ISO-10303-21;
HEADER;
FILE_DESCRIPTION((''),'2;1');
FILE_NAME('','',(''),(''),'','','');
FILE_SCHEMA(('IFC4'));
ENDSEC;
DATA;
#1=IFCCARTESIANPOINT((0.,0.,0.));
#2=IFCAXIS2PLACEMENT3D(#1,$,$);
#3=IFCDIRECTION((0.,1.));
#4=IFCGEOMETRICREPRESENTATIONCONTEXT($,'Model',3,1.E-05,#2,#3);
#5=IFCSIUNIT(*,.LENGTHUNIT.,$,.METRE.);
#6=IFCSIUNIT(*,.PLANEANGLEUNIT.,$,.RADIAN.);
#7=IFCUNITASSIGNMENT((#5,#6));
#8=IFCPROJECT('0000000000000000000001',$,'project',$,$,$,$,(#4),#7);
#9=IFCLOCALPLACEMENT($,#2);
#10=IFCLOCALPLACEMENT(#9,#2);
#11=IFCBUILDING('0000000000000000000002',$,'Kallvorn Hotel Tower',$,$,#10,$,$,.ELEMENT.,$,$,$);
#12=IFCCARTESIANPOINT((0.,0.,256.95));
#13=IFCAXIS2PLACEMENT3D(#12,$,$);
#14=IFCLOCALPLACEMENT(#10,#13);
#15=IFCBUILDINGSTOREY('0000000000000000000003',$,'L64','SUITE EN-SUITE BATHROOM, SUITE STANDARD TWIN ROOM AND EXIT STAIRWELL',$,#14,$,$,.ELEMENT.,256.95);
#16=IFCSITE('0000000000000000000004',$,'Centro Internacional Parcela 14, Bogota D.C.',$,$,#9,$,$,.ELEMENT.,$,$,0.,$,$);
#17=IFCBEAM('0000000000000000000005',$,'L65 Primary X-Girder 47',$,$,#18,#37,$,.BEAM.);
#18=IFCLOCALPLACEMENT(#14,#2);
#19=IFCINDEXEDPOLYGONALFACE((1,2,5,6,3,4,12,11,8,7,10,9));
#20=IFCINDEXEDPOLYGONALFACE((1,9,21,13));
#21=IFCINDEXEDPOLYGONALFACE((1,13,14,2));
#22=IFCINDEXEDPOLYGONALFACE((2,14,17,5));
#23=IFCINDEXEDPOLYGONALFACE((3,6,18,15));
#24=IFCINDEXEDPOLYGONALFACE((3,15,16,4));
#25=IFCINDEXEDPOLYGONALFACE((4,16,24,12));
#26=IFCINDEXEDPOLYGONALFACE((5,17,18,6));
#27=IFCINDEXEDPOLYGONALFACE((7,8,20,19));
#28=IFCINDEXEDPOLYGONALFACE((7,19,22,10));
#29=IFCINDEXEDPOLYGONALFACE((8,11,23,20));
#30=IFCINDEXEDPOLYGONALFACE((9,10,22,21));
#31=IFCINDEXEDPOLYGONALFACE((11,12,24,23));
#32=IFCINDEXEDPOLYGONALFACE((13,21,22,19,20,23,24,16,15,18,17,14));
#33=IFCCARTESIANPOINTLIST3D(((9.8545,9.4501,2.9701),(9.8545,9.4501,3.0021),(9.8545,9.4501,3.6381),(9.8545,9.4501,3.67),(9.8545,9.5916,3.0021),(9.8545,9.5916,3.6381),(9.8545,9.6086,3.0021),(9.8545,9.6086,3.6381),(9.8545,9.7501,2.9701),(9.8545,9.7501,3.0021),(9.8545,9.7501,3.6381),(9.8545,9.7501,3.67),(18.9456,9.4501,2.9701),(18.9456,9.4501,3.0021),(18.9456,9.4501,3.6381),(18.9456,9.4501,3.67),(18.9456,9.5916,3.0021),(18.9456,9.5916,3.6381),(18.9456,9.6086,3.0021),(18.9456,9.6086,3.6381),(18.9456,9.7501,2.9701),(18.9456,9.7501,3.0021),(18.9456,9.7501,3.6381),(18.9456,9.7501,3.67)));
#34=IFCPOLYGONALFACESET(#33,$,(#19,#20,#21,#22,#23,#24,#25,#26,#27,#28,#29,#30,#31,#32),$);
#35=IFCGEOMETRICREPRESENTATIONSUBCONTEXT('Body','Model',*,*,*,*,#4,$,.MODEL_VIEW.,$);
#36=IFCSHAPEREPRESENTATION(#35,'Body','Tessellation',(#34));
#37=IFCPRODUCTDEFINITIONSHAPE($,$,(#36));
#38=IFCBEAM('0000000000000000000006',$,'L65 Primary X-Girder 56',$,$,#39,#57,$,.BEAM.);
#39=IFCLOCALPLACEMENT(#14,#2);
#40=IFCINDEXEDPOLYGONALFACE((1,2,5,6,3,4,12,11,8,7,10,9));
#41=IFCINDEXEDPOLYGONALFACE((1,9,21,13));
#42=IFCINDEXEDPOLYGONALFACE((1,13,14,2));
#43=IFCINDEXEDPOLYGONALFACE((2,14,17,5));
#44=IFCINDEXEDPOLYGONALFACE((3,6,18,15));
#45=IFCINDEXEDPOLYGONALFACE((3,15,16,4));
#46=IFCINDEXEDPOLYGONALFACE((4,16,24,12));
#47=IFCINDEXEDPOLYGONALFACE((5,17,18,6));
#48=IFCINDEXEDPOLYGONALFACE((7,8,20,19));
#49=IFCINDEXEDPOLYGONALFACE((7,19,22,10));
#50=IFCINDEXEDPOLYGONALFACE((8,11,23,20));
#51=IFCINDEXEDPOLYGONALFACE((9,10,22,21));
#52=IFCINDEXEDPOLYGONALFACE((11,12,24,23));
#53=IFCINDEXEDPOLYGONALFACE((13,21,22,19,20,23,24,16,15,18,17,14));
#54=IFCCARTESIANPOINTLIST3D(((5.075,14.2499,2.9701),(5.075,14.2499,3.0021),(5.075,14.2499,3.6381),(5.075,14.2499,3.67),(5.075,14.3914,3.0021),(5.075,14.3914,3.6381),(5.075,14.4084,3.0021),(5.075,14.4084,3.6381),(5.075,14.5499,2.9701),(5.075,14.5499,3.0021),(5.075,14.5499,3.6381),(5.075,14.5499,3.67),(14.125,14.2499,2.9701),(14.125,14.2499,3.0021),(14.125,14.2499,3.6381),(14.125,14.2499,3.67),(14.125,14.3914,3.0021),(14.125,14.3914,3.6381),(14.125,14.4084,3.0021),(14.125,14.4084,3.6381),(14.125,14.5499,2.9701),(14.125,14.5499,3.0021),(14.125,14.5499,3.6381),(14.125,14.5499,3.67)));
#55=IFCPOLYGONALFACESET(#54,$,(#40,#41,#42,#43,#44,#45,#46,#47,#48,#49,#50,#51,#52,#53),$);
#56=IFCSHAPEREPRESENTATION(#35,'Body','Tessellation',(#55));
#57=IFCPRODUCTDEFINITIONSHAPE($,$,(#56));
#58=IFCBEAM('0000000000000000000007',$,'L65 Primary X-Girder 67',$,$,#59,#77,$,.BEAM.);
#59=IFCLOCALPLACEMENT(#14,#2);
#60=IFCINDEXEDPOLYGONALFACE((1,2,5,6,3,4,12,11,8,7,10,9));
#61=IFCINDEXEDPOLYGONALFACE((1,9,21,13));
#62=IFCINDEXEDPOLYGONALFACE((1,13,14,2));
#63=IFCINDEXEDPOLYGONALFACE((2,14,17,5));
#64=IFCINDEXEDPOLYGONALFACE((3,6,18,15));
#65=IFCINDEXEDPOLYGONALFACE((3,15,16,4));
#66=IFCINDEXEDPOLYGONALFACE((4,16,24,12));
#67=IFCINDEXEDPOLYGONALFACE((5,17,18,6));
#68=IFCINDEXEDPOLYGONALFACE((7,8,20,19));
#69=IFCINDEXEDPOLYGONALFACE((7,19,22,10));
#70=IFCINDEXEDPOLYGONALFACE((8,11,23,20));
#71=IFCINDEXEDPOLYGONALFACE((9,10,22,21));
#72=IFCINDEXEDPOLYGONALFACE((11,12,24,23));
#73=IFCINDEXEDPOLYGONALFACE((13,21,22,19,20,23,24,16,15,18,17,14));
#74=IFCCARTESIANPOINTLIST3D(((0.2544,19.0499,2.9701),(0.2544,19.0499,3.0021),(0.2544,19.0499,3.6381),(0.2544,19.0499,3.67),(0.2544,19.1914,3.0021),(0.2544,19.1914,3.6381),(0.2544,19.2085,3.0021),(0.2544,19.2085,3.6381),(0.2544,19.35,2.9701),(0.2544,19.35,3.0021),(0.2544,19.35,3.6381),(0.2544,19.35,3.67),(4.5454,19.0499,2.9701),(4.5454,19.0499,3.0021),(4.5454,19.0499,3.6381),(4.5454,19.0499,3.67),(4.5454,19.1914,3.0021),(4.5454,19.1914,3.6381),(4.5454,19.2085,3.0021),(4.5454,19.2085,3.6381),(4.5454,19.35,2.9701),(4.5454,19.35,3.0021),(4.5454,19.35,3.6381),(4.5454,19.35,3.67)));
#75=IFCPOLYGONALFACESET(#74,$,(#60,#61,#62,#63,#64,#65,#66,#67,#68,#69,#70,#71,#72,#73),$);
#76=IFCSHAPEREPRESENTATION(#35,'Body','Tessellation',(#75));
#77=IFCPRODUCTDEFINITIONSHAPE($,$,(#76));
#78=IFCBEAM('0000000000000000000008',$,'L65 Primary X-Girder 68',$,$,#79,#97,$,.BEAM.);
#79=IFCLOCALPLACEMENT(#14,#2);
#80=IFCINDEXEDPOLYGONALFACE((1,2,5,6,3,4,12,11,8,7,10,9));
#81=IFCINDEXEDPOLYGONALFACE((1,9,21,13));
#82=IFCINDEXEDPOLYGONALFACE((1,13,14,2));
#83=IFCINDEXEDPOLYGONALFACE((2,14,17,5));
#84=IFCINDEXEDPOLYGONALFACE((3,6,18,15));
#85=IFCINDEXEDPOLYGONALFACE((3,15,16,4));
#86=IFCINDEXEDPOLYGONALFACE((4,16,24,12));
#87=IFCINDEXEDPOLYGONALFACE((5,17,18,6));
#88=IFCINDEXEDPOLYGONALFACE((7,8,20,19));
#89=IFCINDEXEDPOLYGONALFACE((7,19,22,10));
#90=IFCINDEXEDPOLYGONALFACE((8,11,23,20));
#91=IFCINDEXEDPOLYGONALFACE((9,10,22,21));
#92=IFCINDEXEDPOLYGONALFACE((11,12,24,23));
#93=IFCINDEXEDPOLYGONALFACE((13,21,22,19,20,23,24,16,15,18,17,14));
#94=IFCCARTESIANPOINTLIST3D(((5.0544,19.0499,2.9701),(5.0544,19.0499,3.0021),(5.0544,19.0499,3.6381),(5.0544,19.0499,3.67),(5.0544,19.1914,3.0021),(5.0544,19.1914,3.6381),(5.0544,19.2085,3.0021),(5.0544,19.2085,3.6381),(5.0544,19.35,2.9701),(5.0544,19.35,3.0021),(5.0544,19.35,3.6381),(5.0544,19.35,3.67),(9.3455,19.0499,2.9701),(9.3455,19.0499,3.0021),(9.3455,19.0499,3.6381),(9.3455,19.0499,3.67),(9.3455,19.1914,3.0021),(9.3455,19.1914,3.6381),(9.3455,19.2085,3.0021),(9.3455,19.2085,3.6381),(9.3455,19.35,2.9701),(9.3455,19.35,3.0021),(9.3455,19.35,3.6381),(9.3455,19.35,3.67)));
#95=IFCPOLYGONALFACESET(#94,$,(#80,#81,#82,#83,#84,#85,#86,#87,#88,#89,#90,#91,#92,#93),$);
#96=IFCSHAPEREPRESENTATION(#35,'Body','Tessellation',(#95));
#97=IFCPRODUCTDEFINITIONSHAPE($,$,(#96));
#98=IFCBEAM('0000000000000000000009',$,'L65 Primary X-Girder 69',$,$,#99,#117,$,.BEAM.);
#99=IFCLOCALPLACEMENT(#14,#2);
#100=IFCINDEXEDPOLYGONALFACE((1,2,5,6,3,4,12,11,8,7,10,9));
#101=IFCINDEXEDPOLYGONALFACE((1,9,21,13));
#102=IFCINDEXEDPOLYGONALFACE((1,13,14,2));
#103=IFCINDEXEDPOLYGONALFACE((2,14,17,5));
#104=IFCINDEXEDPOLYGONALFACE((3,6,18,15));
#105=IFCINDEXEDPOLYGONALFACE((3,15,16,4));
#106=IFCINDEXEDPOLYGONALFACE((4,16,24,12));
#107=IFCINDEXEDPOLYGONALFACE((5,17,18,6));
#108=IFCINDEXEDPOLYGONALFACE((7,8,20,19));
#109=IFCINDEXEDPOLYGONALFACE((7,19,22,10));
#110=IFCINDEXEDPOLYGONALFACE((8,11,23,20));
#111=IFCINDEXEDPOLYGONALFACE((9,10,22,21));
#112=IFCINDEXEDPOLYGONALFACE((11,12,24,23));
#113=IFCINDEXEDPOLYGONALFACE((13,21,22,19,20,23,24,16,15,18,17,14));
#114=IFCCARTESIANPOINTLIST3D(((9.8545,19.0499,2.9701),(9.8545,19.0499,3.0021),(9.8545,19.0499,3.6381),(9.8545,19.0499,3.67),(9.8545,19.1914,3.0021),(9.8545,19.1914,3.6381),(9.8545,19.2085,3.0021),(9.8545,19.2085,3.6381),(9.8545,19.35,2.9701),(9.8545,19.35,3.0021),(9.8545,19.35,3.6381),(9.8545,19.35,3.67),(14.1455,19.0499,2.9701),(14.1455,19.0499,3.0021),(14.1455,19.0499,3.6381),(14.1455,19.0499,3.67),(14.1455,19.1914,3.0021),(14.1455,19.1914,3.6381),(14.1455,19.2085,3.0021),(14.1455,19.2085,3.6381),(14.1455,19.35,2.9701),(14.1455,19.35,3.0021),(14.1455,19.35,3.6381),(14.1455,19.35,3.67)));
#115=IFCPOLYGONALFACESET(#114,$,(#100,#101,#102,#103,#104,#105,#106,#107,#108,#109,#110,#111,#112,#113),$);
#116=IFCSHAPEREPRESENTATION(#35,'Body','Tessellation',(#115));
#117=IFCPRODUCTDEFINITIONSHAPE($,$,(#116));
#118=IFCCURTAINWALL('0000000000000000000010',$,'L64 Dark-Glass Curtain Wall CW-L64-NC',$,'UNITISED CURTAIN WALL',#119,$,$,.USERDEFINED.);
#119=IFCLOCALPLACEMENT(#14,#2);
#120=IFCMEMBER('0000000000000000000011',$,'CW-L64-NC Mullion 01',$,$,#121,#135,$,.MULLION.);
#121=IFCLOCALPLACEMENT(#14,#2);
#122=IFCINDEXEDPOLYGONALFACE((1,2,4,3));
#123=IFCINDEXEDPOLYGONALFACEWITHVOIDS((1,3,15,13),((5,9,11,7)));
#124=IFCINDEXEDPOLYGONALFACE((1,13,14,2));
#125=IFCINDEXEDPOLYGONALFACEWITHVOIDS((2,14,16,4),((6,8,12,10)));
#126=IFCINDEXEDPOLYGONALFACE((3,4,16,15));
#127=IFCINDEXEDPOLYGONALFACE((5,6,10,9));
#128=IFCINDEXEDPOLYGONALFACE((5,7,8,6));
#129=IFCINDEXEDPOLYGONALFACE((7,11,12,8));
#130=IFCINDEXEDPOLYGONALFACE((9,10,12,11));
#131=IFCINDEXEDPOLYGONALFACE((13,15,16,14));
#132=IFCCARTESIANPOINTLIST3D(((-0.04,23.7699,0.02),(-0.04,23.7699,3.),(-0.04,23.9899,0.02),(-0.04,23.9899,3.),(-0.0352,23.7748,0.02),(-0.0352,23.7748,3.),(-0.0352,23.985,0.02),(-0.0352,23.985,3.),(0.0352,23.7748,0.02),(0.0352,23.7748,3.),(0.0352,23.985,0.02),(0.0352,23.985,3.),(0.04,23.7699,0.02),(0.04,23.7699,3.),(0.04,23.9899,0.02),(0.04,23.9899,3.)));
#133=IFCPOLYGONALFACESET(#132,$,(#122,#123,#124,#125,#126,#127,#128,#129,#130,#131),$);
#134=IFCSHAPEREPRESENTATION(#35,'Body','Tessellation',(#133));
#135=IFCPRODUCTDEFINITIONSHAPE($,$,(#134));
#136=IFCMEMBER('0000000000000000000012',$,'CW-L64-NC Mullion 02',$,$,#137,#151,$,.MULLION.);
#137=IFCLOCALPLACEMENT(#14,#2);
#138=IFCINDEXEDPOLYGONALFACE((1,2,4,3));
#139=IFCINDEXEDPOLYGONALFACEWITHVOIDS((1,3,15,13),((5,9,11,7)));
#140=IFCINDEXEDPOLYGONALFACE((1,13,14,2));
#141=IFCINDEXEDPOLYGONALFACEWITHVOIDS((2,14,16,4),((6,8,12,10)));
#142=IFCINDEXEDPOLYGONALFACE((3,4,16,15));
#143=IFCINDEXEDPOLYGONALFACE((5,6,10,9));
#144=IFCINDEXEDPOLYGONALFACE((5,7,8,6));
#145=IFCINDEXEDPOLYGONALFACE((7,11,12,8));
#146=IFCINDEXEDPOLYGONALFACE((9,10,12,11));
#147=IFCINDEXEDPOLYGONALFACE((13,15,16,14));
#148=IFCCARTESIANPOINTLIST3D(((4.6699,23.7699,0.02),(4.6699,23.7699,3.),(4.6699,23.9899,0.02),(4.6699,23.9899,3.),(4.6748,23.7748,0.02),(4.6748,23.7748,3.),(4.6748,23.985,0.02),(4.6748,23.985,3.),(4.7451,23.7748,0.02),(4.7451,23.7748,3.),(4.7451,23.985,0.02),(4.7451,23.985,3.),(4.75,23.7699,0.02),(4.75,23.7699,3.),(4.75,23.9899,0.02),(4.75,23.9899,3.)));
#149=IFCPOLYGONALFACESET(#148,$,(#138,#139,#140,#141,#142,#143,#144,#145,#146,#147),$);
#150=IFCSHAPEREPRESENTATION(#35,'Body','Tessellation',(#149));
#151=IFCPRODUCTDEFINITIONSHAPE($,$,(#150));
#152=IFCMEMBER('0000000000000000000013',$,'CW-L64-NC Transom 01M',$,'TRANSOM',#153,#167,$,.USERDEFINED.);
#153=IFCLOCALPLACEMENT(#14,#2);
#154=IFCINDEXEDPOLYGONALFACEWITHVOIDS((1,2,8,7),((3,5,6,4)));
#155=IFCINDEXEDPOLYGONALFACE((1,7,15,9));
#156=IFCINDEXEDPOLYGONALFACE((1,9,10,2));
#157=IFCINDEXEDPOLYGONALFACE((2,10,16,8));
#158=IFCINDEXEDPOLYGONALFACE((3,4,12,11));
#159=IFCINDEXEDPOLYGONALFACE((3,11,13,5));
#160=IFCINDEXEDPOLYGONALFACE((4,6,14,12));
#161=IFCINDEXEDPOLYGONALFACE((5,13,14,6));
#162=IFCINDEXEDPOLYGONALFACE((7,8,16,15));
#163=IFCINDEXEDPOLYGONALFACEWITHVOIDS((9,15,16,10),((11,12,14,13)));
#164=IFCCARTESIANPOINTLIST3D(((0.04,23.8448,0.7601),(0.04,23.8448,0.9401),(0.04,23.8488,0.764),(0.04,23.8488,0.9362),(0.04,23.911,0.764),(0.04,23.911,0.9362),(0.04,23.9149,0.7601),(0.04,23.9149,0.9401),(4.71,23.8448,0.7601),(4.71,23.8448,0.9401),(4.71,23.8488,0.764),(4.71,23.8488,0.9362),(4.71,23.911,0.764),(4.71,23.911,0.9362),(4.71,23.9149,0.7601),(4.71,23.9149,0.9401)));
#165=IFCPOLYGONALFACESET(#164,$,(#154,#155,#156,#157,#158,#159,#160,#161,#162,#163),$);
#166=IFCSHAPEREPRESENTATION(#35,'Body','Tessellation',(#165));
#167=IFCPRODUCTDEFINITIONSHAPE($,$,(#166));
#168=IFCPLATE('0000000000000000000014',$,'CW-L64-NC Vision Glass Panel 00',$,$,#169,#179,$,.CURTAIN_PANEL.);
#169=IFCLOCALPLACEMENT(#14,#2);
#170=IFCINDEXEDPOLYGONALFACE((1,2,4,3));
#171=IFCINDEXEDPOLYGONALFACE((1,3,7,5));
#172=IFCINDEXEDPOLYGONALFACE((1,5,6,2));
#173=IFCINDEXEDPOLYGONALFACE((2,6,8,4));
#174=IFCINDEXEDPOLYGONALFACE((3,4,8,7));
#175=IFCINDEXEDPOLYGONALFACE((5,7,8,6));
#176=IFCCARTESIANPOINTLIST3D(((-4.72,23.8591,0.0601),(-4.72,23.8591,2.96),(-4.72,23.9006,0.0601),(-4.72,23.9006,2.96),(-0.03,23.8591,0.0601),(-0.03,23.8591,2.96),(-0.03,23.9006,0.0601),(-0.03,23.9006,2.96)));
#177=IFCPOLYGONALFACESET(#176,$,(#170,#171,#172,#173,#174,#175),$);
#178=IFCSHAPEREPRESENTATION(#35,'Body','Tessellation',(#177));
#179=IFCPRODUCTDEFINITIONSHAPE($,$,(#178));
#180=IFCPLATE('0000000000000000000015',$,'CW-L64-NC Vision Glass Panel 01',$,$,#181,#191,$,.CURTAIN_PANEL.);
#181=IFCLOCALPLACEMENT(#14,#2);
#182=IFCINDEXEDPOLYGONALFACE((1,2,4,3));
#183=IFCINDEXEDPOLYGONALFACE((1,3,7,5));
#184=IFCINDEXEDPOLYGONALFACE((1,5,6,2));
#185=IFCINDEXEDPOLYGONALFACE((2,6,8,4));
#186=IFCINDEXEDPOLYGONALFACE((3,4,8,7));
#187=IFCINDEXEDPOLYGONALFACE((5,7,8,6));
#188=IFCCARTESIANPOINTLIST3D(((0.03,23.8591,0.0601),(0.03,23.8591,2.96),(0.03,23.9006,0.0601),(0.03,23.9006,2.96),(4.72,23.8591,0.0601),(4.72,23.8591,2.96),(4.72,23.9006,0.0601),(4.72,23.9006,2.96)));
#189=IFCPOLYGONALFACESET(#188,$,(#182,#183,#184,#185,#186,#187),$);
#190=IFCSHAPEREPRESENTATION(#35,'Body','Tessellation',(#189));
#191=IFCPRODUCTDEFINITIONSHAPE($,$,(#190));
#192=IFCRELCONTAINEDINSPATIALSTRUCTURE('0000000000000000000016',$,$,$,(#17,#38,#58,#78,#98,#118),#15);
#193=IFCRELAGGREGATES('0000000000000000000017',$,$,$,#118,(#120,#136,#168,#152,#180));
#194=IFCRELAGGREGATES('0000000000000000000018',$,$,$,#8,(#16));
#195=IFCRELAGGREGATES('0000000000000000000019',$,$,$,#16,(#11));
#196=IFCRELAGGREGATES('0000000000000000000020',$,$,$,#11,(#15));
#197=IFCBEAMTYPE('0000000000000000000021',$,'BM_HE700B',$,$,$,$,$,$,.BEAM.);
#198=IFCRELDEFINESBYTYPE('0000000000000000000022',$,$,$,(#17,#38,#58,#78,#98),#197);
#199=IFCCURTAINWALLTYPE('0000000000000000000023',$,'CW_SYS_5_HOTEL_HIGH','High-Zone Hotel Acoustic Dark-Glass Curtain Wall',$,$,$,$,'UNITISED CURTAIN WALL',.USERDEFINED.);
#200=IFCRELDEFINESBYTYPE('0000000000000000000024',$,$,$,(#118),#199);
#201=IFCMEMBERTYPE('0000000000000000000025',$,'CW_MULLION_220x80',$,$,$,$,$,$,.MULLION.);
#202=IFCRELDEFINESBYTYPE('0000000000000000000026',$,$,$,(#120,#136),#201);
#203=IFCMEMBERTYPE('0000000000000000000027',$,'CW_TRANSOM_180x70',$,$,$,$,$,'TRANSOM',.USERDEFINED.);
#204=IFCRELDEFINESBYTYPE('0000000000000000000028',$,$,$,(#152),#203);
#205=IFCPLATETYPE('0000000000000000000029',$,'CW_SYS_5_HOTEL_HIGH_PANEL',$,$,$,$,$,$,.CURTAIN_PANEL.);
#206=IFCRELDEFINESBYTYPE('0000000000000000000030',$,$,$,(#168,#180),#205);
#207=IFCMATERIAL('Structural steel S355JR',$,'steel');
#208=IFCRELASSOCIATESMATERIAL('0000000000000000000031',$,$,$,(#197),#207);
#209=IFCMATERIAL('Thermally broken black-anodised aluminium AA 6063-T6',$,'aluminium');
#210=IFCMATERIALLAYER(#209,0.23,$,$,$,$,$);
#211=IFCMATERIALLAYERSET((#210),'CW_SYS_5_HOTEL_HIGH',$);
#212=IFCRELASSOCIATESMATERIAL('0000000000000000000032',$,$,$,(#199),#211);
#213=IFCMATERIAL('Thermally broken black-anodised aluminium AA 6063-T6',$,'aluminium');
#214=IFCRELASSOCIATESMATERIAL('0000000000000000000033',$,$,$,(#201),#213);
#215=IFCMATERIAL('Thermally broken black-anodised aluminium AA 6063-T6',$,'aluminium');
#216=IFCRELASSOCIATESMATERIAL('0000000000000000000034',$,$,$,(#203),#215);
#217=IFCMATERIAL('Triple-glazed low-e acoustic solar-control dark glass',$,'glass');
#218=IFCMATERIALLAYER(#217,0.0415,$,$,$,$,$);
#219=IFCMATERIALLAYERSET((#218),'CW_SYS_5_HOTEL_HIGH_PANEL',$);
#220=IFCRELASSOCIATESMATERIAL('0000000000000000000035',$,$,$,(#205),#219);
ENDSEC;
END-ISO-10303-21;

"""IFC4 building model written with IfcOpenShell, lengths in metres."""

from ifc_helpers import new_model, si_unit, direction, frame, origin, origin_2d, place, context, subcontext, project, spatial, rectangle, hollow_rectangle, i_section, extrude, material, layer, layer_set, material_profile, profile_set, type_object, element, aggregate, save


model = new_model("IFC4")

# Units and contexts
model_context = context("Model", 3, precision=1e-05, world=origin(), true_north=direction((0.0, 1.0)))
body_context = subcontext(model_context, "Body", "Model", "MODEL_VIEW")
ifc_project = project(units=[si_unit("LENGTHUNIT", "METRE"), si_unit("PLANEANGLEUNIT", "RADIAN")], contexts=[model_context])

# Site, building, storey
site_placement = place(None, origin())
site = spatial("IfcSite", under=ifc_project, at=site_placement, Name="Centro Internacional Parcela 14, Bogota D.C.", CompositionType="ELEMENT", RefElevation=0.0)
building_placement = place(site_placement, origin())
building = spatial("IfcBuilding", under=site, at=building_placement, Name="Kallvorn Hotel Tower", CompositionType="ELEMENT")
storey_placement = place(building_placement, frame((0.0, 0.0, 256.95)))
storey = spatial("IfcBuildingStorey", under=building, at=storey_placement, Name="L64", Description="SUITE EN-SUITE BATHROOM, SUITE STANDARD TWIN ROOM AND EXIT STAIRWELL", CompositionType="ELEMENT", Elevation=256.95)

# Beams
ifc_material_1 = material(Name="Structural steel S355JR", Category="steel")
ifc_material_profile_1 = material_profile(ifc_material_1, i_section(OverallWidth=0.3, OverallDepth=0.7, WebThickness=0.0171, FlangeThickness=0.032, at=origin_2d()), Name="HE 700 B")
ifc_profile_set_1 = profile_set([ifc_material_profile_1], Name="Structural steel S355JR")
beam_type_1 = type_object("IfcBeamType", Name="BM_HE700B", PredefinedType="BEAM", material=ifc_profile_set_1)
beam_1_placement = place(storey_placement, frame((9.8545, 9.6001, 3.3201), z_axis=(1.0, 0.0, 0.0), x_axis=(0.0, 1.0, 0.0)))
element("IfcBeam", 1, at=beam_1_placement, inside=storey, type_object=beam_type_1, Name="L65 Primary X-Girder 47", PredefinedType="BEAM", context=body_context, shape_type="SweptSolid", body=[
    extrude(i_section(OverallWidth=0.3, OverallDepth=0.7, WebThickness=0.0171, FlangeThickness=0.032, at=origin_2d()), origin(), (0.0, 0.0, 1.0), 9.0911),
])
beam_2_placement = place(storey_placement, frame((5.075, 14.3999, 3.3201), z_axis=(1.0, 0.0, 0.0), x_axis=(0.0, 1.0, 0.0)))
element("IfcBeam", 2, at=beam_2_placement, inside=storey, type_object=beam_type_1, Name="L65 Primary X-Girder 56", PredefinedType="BEAM", context=body_context, shape_type="SweptSolid", body=[
    extrude(i_section(OverallWidth=0.3, OverallDepth=0.7, WebThickness=0.0171, FlangeThickness=0.032, at=origin_2d()), origin(), (0.0, 0.0, 1.0), 9.05),
])
for number, where, z_axis, x_axis, name in (
    (3, (0.2544, 19.2, 3.3201), (1.0, 0.0, 0.0), (0.0, 1.0, 0.0), "L65 Primary X-Girder 67"),
    (4, (5.0544, 19.2, 3.3201), (1.0, 0.0, 0.0), (0.0, 1.0, 0.0), "L65 Primary X-Girder 68"),
    (5, (9.8545, 19.2, 3.3201), (1.0, 0.0, 0.0), (0.0, 1.0, 0.0), "L65 Primary X-Girder 69"),
):
    element("IfcBeam", number, at=place(storey_placement, frame(where, z_axis=z_axis, x_axis=x_axis)), inside=storey, type_object=beam_type_1, Name=name, PredefinedType="BEAM", context=body_context, shape_type="SweptSolid", body=[
        extrude(i_section(OverallWidth=0.3, OverallDepth=0.7, WebThickness=0.0171, FlangeThickness=0.032, at=origin_2d()), origin(), (0.0, 0.0, 1.0), 4.291),
    ])

# Curtain wall, members, plates
ifc_material_2 = material(Name="Thermally broken black-anodised aluminium AA 6063-T6", Category="aluminium")
ifc_layer_1 = layer(ifc_material_2, 0.23)
ifc_layer_set_1 = layer_set([ifc_layer_1], Name="CW_SYS_5_HOTEL_HIGH")
curtain_wall_type = type_object("IfcCurtainWallType", Name="CW_SYS_5_HOTEL_HIGH", Description="High-Zone Hotel Acoustic Dark-Glass Curtain Wall", ElementType="UNITISED CURTAIN WALL", PredefinedType="USERDEFINED", material=ifc_layer_set_1)
curtain_wall_placement = place(storey_placement, origin())
curtain_wall = element("IfcCurtainWall", 6, at=curtain_wall_placement, inside=storey, type_object=curtain_wall_type, Name="L64 Dark-Glass Curtain Wall CW-L64-NC", ObjectType="UNITISED CURTAIN WALL", PredefinedType="USERDEFINED")
ifc_material_3 = material(Name="Thermally broken black-anodised aluminium AA 6063-T6", Category="aluminium")
ifc_material_profile_2 = material_profile(ifc_material_3, hollow_rectangle(XDim=0.0801, YDim=0.22, WallThickness=0.0049, at=origin_2d()), Name="MUL 220x80")
ifc_profile_set_2 = profile_set([ifc_material_profile_2], Name="Thermally broken black-anodised aluminium AA 6063-T6")
member_type_1 = type_object("IfcMemberType", Name="CW_MULLION_220x80", PredefinedType="MULLION", material=ifc_profile_set_2)
member_1_placement = place(storey_placement, frame((0.0, 23.8799, 0.02), z_axis=(0.0, 0.0, 1.0), x_axis=(1.0, 0.0, 0.0)))
member_1 = element("IfcMember", 7, at=member_1_placement, type_object=member_type_1, Name="CW-L64-NC Mullion 01", PredefinedType="MULLION", context=body_context, shape_type="SweptSolid", body=[
    extrude(hollow_rectangle(XDim=0.0801, YDim=0.22, WallThickness=0.0049, at=origin_2d()), origin(), (0.0, 0.0, 1.0), 2.98),
])
member_2_placement = place(storey_placement, frame((4.71, 23.8799, 0.02), z_axis=(0.0, 0.0, 1.0), x_axis=(1.0, 0.0, 0.0)))
member_2 = element("IfcMember", 8, at=member_2_placement, type_object=member_type_1, Name="CW-L64-NC Mullion 02", PredefinedType="MULLION", context=body_context, shape_type="SweptSolid", body=[
    extrude(hollow_rectangle(XDim=0.0801, YDim=0.22, WallThickness=0.0049, at=origin_2d()), origin(), (0.0, 0.0, 1.0), 2.98),
])
ifc_material_4 = material(Name="Thermally broken black-anodised aluminium AA 6063-T6", Category="aluminium")
ifc_material_profile_3 = material_profile(ifc_material_4, hollow_rectangle(XDim=0.0701, YDim=0.1799, WallThickness=0.0039, at=origin_2d()), Name="TRN 180x70")
ifc_profile_set_3 = profile_set([ifc_material_profile_3], Name="Thermally broken black-anodised aluminium AA 6063-T6")
member_type_2 = type_object("IfcMemberType", Name="CW_TRANSOM_180x70", ElementType="TRANSOM", PredefinedType="USERDEFINED", material=ifc_profile_set_3)
member_3_placement = place(storey_placement, frame((0.04, 23.8799, 0.8501), z_axis=(1.0, 0.0, 0.0), x_axis=(0.0, 1.0, 0.0)))
member_3 = element("IfcMember", 9, at=member_3_placement, type_object=member_type_2, Name="CW-L64-NC Transom 01M", ObjectType="TRANSOM", PredefinedType="USERDEFINED", context=body_context, shape_type="SweptSolid", body=[
    extrude(hollow_rectangle(XDim=0.0701, YDim=0.1799, WallThickness=0.0039, at=origin_2d()), origin(), (0.0, 0.0, 1.0), 4.6699),
])
ifc_material_5 = material(Name="Triple-glazed low-e acoustic solar-control dark glass", Category="glass")
ifc_layer_2 = layer(ifc_material_5, 0.0415)
ifc_layer_set_2 = layer_set([ifc_layer_2], Name="CW_SYS_5_HOTEL_HIGH_PANEL")
plate_type = type_object("IfcPlateType", Name="CW_SYS_5_HOTEL_HIGH_PANEL", PredefinedType="CURTAIN_PANEL", material=ifc_layer_set_2)
plate_1_placement = place(storey_placement, frame((-2.375, 23.8799, 0.0601), z_axis=(0.0, 0.0, 1.0), x_axis=(1.0, 0.0, 0.0)))
plate_1 = element("IfcPlate", 10, at=plate_1_placement, type_object=plate_type, Name="CW-L64-NC Vision Glass Panel 00", PredefinedType="CURTAIN_PANEL", context=body_context, shape_type="SweptSolid", body=[
    extrude(rectangle(XDim=4.6899, YDim=0.0415, at=origin_2d()), origin(), (0.0, 0.0, 1.0), 2.8999),
])
plate_2_placement = place(storey_placement, frame((2.375, 23.8799, 0.0601), z_axis=(0.0, 0.0, 1.0), x_axis=(1.0, 0.0, 0.0)))
plate_2 = element("IfcPlate", 11, at=plate_2_placement, type_object=plate_type, Name="CW-L64-NC Vision Glass Panel 01", PredefinedType="CURTAIN_PANEL", context=body_context, shape_type="SweptSolid", body=[
    extrude(rectangle(XDim=4.6899, YDim=0.0415, at=origin_2d()), origin(), (0.0, 0.0, 1.0), 2.8999),
])
aggregate(curtain_wall, [member_1, member_2, plate_1, member_3, plate_2])

save(model, "model.ifc")
